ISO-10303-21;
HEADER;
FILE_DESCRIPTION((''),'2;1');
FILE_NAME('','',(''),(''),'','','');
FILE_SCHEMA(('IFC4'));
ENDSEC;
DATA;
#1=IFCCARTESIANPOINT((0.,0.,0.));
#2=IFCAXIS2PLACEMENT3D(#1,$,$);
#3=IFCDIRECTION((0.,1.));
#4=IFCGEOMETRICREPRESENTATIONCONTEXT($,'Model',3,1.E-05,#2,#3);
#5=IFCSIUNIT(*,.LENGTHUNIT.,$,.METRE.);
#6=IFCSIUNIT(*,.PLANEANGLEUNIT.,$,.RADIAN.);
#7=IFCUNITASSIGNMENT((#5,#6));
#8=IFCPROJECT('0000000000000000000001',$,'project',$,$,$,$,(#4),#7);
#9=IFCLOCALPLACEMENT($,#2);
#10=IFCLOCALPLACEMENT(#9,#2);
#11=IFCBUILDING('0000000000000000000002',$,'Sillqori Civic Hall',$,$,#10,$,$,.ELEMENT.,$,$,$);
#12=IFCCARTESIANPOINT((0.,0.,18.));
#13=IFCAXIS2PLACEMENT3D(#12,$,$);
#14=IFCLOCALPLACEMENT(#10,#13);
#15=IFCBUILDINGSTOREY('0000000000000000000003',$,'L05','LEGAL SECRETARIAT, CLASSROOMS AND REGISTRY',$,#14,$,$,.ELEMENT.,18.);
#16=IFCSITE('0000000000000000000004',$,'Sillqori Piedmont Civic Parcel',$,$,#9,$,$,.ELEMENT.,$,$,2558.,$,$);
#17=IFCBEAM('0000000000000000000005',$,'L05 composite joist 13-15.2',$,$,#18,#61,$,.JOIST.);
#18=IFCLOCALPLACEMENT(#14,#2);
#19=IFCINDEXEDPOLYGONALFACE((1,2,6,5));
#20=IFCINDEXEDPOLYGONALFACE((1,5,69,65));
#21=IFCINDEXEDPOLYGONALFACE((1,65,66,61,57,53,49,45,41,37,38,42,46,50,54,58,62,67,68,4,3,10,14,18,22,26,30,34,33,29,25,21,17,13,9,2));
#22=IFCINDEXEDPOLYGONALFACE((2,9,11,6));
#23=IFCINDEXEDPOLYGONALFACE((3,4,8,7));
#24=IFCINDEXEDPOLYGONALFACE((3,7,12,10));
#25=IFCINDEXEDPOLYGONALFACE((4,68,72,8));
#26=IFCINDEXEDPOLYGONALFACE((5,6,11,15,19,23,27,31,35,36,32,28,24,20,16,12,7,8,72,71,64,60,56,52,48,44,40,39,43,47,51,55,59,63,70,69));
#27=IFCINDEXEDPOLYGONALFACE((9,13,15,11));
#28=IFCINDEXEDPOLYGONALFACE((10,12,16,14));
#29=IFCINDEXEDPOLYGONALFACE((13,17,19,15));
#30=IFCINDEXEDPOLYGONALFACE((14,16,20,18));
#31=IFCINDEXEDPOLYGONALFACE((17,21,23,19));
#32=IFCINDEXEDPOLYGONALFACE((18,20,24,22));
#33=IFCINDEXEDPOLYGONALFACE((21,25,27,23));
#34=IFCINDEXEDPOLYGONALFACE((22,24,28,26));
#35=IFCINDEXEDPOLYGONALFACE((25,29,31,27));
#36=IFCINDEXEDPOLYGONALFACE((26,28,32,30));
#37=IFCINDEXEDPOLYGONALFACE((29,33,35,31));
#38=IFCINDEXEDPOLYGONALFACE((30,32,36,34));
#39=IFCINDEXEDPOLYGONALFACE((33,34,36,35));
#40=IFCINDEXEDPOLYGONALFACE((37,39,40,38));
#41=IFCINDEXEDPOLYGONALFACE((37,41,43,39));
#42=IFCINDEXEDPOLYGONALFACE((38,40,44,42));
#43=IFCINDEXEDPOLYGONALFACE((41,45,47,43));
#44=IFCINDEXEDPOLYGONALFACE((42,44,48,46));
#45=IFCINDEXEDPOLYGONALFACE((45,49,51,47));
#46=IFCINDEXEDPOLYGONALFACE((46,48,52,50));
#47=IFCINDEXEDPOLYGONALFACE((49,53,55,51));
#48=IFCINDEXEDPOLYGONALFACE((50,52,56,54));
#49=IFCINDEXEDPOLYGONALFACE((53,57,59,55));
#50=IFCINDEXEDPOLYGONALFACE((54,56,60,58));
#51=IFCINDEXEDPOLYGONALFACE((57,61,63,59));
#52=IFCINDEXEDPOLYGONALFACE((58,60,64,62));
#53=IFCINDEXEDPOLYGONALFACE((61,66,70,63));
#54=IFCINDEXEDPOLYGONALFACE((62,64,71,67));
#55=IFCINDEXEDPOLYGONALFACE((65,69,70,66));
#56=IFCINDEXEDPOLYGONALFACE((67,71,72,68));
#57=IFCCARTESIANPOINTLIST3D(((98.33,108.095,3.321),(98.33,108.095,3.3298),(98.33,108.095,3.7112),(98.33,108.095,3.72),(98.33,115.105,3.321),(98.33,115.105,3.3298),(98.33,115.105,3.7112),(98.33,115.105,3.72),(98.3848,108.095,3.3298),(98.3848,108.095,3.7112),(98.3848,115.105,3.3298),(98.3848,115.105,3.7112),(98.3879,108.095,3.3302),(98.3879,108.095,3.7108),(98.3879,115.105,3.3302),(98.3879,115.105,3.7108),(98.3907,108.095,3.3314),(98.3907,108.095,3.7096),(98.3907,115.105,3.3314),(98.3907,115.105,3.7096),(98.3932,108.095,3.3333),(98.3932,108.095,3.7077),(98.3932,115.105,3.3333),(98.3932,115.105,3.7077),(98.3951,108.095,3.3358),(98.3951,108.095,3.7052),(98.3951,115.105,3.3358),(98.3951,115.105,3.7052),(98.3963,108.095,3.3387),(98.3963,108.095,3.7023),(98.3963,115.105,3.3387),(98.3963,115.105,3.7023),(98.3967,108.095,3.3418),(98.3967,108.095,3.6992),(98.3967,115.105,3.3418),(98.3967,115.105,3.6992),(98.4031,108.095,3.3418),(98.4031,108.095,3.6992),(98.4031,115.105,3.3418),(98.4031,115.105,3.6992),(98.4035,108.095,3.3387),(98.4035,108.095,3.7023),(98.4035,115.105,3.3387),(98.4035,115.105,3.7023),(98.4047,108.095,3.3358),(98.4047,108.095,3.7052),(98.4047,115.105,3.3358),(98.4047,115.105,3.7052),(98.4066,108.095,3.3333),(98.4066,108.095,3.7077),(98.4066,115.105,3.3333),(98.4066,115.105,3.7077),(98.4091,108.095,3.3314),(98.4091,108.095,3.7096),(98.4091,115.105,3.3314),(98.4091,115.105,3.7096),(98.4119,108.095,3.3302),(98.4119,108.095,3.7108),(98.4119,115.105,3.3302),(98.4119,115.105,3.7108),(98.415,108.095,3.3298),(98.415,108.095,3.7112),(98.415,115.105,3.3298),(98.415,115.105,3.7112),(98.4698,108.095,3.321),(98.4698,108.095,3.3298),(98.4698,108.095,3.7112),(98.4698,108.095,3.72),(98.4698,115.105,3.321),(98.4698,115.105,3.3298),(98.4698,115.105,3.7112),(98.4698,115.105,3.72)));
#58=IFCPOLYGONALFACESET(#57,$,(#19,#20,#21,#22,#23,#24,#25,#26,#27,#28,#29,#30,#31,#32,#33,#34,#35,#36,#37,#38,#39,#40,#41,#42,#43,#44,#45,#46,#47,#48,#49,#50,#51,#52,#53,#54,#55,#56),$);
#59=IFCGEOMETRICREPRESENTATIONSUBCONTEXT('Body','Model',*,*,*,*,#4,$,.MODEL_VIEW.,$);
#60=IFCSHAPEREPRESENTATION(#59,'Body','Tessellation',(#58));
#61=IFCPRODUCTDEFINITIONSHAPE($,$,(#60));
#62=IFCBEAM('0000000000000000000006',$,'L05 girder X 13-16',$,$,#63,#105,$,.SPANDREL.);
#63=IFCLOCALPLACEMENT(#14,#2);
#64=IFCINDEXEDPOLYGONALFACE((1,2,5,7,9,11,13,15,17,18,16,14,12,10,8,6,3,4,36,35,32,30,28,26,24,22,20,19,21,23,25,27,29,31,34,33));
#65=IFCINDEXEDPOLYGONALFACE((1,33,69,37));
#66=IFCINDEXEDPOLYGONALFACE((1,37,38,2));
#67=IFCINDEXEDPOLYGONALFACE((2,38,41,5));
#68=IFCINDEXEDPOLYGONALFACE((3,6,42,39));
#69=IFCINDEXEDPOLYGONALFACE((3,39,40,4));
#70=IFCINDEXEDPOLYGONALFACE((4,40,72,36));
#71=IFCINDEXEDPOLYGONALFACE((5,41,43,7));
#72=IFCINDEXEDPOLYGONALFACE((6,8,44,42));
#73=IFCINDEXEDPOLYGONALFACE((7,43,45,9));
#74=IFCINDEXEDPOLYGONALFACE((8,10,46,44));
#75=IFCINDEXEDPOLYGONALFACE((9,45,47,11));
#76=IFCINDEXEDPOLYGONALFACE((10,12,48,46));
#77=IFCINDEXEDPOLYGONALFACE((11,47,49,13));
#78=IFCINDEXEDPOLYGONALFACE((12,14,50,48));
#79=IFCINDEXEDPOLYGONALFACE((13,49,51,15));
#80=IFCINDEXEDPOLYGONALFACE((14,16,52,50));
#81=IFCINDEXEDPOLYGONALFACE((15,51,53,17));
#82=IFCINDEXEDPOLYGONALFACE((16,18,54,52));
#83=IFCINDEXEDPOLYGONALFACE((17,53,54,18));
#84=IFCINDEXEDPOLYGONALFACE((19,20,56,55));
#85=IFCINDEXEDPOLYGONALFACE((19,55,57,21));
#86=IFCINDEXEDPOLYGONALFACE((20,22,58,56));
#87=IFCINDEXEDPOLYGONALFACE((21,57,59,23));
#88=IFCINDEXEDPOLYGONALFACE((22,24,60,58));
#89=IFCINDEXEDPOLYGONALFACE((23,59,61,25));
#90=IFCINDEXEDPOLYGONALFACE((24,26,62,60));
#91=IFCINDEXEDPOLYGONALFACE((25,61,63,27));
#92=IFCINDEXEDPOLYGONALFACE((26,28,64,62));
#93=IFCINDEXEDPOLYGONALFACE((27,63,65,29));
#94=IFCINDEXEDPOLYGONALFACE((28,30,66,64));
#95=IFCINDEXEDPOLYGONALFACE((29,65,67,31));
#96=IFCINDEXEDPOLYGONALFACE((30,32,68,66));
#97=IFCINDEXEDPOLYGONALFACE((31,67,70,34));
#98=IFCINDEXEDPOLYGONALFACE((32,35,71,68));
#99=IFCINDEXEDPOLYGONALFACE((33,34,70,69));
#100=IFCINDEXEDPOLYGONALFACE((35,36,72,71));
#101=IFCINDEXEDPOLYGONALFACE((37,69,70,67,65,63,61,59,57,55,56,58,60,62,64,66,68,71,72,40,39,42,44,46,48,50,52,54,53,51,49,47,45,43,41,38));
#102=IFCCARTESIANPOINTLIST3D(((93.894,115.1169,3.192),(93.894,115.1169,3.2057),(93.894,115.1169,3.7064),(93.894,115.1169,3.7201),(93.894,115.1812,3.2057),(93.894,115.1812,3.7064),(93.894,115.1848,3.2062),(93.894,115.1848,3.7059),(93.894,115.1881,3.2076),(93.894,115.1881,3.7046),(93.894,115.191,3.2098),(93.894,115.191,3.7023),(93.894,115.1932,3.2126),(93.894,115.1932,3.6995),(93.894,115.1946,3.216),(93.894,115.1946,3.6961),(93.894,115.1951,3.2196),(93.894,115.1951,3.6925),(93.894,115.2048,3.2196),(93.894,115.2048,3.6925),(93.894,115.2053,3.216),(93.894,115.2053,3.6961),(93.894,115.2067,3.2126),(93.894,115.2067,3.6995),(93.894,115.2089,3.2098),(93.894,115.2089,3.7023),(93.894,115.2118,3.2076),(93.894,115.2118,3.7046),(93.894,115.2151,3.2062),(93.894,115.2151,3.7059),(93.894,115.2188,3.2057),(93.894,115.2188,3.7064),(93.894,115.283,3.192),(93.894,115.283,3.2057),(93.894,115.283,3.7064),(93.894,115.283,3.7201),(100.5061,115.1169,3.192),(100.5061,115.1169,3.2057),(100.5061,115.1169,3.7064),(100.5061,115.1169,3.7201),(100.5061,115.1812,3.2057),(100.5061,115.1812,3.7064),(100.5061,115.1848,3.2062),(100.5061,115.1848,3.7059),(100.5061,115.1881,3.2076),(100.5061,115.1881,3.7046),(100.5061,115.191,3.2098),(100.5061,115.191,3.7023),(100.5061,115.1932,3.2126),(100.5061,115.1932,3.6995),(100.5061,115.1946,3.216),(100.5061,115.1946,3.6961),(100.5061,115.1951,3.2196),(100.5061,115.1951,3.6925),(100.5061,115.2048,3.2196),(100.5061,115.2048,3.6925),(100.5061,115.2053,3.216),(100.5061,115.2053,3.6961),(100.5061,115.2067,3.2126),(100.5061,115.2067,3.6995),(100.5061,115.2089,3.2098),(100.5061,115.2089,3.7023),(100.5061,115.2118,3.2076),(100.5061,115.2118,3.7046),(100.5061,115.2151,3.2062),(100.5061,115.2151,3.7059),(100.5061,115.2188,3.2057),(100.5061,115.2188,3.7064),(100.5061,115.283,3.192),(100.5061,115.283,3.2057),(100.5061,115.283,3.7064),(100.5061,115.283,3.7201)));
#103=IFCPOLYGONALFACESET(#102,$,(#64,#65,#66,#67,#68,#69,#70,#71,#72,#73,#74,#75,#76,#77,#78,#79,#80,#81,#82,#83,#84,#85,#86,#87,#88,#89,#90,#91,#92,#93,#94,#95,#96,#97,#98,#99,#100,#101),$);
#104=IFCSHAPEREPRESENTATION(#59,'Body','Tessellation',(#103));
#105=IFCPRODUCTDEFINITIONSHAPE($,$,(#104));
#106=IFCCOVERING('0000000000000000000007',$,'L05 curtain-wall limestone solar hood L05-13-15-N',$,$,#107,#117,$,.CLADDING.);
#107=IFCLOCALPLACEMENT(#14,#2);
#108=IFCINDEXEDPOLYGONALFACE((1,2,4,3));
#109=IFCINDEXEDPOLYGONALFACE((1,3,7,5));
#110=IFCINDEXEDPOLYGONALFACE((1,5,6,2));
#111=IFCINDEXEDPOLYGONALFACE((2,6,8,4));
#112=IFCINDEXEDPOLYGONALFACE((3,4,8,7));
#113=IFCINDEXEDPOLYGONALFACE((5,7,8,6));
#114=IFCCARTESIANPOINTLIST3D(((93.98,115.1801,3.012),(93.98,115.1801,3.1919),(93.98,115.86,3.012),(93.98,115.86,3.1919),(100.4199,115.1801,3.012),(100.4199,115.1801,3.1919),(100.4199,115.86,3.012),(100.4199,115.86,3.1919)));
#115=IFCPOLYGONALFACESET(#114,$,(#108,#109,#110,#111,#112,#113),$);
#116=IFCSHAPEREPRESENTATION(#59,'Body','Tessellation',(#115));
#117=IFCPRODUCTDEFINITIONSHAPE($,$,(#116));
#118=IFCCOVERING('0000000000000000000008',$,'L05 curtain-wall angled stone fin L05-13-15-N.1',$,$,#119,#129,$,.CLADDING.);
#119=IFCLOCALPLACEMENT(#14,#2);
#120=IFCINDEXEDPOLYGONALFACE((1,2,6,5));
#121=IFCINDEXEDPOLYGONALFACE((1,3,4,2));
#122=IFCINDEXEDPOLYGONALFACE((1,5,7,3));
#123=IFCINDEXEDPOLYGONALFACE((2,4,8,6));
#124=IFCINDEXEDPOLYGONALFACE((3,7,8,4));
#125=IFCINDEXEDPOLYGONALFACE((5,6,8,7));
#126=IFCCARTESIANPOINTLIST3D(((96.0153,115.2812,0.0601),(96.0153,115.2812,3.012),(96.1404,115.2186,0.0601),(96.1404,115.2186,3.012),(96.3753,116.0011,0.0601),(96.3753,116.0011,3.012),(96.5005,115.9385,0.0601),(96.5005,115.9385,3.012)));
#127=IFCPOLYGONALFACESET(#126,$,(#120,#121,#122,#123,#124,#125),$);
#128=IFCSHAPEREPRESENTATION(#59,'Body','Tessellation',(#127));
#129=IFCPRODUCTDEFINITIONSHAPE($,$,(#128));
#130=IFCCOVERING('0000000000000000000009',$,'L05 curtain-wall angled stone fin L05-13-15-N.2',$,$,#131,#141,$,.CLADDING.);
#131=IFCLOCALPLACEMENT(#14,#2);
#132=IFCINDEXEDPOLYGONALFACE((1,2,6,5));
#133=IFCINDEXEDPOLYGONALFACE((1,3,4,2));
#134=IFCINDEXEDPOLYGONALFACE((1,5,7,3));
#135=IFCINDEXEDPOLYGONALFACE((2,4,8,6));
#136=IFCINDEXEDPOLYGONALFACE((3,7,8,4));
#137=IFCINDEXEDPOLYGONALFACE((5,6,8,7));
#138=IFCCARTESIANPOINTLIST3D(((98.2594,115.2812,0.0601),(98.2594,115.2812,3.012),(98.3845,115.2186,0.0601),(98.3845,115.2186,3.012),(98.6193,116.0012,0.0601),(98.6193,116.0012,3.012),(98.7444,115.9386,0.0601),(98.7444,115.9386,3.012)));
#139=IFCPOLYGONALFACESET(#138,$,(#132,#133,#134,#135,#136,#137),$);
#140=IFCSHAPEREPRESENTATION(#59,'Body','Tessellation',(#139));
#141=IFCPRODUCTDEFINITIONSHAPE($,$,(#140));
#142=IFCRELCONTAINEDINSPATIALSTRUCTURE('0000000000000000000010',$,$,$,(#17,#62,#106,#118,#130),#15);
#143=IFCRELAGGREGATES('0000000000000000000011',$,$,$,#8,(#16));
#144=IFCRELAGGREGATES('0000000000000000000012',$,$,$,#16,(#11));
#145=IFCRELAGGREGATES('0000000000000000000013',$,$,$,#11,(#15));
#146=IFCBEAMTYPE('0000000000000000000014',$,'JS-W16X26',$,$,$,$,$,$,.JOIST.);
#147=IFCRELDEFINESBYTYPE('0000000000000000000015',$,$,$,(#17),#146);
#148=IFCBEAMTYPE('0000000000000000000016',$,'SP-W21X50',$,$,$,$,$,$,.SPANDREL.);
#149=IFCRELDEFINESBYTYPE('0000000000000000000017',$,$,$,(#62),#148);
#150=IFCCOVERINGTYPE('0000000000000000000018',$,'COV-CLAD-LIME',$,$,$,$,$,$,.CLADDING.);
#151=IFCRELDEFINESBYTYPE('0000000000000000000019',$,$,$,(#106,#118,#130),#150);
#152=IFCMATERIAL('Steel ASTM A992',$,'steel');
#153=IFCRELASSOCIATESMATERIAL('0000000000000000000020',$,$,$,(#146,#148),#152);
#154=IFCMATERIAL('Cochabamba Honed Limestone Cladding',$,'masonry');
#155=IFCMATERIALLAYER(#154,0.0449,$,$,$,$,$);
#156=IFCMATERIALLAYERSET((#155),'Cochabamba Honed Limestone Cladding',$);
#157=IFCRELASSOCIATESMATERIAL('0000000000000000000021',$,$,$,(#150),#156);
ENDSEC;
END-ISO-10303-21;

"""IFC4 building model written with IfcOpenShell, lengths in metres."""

from ifc_helpers import new_model, si_unit, direction, frame, frame_2d, origin, origin_2d, place, context, subcontext, project, spatial, rectangle, i_section, extrude, material, layer, layer_set, material_profile, profile_set, type_object, element, save


model = new_model("IFC4")

# Units and contexts
model_context = context("Model", 3, precision=1e-05, world=origin(), true_north=direction((0.0, 1.0)))
body_context = subcontext(model_context, "Body", "Model", "MODEL_VIEW")
ifc_project = project(units=[si_unit("LENGTHUNIT", "METRE"), si_unit("PLANEANGLEUNIT", "RADIAN")], contexts=[model_context])

# Site, building, storey
site_placement = place(None, origin())
site = spatial("IfcSite", under=ifc_project, at=site_placement, Name="Sillqori Piedmont Civic Parcel", CompositionType="ELEMENT", RefElevation=2558.0)
building_placement = place(site_placement, origin())
building = spatial("IfcBuilding", under=site, at=building_placement, Name="Sillqori Civic Hall", CompositionType="ELEMENT")
storey_placement = place(building_placement, frame((0.0, 0.0, 18.0)))
storey = spatial("IfcBuildingStorey", under=building, at=storey_placement, Name="L05", Description="LEGAL SECRETARIAT, CLASSROOMS AND REGISTRY", CompositionType="ELEMENT", Elevation=18.0)

# Shared definitions
ifc_material_1 = material(Name="Steel ASTM A992", Category="steel")

# Beams
ifc_material_profile_1 = material_profile(ifc_material_1, i_section(OverallWidth=0.1399, OverallDepth=0.3989, WebThickness=0.0063, FlangeThickness=0.0088, FilletRadius=0.012, at=origin_2d()), Name="W16X26")
ifc_profile_set_1 = profile_set([ifc_material_profile_1], Name="Steel ASTM A992")
beam_type_1 = type_object("IfcBeamType", Name="JS-W16X26", PredefinedType="JOIST", material=ifc_profile_set_1)
for number, where, z_axis, x_axis, name in (
    (1, (98.3999, 108.095, 3.5205), (0.0, 1.0, 0.0), (-1.0, 0.0, 0.0), "L05 composite joist 13-15.2"),
):
    element("IfcBeam", number, at=place(storey_placement, frame(where, z_axis=z_axis, x_axis=x_axis)), inside=storey, type_object=beam_type_1, Name=name, PredefinedType="JOIST", context=body_context, shape_type="SweptSolid", body=[
        extrude(i_section(OverallWidth=0.1399, OverallDepth=0.3989, WebThickness=0.0063, FlangeThickness=0.0088, FilletRadius=0.012, at=origin_2d()), origin(), (0.0, 0.0, 1.0), 7.01),
    ])
ifc_material_profile_2 = material_profile(ifc_material_1, i_section(OverallWidth=0.166, OverallDepth=0.5281, WebThickness=0.0098, FlangeThickness=0.0137, FilletRadius=0.0139, at=origin_2d()), Name="W21X50")
ifc_profile_set_2 = profile_set([ifc_material_profile_2], Name="Steel ASTM A992")
beam_type_2 = type_object("IfcBeamType", Name="SP-W21X50", PredefinedType="SPANDREL", material=ifc_profile_set_2)
beam_1_placement = place(storey_placement, frame((93.894, 115.2, 3.4561), z_axis=(1.0, 0.0, 0.0), x_axis=(0.0, 1.0, 0.0)))
element("IfcBeam", 2, at=beam_1_placement, inside=storey, type_object=beam_type_2, Name="L05 girder X 13-16", PredefinedType="SPANDREL", context=body_context, shape_type="SweptSolid", body=[
    extrude(i_section(OverallWidth=0.166, OverallDepth=0.5281, WebThickness=0.0098, FlangeThickness=0.0137, FilletRadius=0.0139, at=origin_2d()), origin(), (0.0, 0.0, 1.0), 6.6121),
])

# Coverings
ifc_material_2 = material(Name="Cochabamba Honed Limestone Cladding", Category="masonry")
ifc_layer_1 = layer(ifc_material_2, 0.0449)
ifc_layer_set_1 = layer_set([ifc_layer_1], Name="Cochabamba Honed Limestone Cladding")
covering_type = type_object("IfcCoveringType", Name="COV-CLAD-LIME", PredefinedType="CLADDING", material=ifc_layer_set_1)
covering_placement = place(storey_placement, frame((93.98, 115.52, 3.012), z_axis=(0.0, 0.0, 1.0), x_axis=(1.0, 0.0, 0.0)))
element("IfcCovering", 3, at=covering_placement, inside=storey, type_object=covering_type, Name="L05 curtain-wall limestone solar hood L05-13-15-N", PredefinedType="CLADDING", context=body_context, shape_type="SweptSolid", body=[
    extrude(rectangle(XDim=6.4399, YDim=0.6799, at=frame_2d((3.22, 0.0))), origin(), (0.0, 0.0, 1.0), 0.1799),
])
for number, where, z_axis, x_axis, name in (
    (4, (96.0779, 115.25, 0.0601), (0.0, 0.0, 1.0), (0.447335, 0.894367, 0.0), "L05 curtain-wall angled stone fin L05-13-15-N.1"),
    (5, (98.322, 115.25, 0.0601), (0.0, 0.0, 1.0), (0.447092, 0.894488, 0.0), "L05 curtain-wall angled stone fin L05-13-15-N.2"),
):
    element("IfcCovering", number, at=place(storey_placement, frame(where, z_axis=z_axis, x_axis=x_axis)), inside=storey, type_object=covering_type, Name=name, PredefinedType="CLADDING", context=body_context, shape_type="SweptSolid", body=[
        extrude(rectangle(XDim=0.8049, YDim=0.1399, at=frame_2d((0.4023, 0.0))), origin(), (0.0, 0.0, 1.0), 2.9519),
    ])

save(model, "model.ifc")
